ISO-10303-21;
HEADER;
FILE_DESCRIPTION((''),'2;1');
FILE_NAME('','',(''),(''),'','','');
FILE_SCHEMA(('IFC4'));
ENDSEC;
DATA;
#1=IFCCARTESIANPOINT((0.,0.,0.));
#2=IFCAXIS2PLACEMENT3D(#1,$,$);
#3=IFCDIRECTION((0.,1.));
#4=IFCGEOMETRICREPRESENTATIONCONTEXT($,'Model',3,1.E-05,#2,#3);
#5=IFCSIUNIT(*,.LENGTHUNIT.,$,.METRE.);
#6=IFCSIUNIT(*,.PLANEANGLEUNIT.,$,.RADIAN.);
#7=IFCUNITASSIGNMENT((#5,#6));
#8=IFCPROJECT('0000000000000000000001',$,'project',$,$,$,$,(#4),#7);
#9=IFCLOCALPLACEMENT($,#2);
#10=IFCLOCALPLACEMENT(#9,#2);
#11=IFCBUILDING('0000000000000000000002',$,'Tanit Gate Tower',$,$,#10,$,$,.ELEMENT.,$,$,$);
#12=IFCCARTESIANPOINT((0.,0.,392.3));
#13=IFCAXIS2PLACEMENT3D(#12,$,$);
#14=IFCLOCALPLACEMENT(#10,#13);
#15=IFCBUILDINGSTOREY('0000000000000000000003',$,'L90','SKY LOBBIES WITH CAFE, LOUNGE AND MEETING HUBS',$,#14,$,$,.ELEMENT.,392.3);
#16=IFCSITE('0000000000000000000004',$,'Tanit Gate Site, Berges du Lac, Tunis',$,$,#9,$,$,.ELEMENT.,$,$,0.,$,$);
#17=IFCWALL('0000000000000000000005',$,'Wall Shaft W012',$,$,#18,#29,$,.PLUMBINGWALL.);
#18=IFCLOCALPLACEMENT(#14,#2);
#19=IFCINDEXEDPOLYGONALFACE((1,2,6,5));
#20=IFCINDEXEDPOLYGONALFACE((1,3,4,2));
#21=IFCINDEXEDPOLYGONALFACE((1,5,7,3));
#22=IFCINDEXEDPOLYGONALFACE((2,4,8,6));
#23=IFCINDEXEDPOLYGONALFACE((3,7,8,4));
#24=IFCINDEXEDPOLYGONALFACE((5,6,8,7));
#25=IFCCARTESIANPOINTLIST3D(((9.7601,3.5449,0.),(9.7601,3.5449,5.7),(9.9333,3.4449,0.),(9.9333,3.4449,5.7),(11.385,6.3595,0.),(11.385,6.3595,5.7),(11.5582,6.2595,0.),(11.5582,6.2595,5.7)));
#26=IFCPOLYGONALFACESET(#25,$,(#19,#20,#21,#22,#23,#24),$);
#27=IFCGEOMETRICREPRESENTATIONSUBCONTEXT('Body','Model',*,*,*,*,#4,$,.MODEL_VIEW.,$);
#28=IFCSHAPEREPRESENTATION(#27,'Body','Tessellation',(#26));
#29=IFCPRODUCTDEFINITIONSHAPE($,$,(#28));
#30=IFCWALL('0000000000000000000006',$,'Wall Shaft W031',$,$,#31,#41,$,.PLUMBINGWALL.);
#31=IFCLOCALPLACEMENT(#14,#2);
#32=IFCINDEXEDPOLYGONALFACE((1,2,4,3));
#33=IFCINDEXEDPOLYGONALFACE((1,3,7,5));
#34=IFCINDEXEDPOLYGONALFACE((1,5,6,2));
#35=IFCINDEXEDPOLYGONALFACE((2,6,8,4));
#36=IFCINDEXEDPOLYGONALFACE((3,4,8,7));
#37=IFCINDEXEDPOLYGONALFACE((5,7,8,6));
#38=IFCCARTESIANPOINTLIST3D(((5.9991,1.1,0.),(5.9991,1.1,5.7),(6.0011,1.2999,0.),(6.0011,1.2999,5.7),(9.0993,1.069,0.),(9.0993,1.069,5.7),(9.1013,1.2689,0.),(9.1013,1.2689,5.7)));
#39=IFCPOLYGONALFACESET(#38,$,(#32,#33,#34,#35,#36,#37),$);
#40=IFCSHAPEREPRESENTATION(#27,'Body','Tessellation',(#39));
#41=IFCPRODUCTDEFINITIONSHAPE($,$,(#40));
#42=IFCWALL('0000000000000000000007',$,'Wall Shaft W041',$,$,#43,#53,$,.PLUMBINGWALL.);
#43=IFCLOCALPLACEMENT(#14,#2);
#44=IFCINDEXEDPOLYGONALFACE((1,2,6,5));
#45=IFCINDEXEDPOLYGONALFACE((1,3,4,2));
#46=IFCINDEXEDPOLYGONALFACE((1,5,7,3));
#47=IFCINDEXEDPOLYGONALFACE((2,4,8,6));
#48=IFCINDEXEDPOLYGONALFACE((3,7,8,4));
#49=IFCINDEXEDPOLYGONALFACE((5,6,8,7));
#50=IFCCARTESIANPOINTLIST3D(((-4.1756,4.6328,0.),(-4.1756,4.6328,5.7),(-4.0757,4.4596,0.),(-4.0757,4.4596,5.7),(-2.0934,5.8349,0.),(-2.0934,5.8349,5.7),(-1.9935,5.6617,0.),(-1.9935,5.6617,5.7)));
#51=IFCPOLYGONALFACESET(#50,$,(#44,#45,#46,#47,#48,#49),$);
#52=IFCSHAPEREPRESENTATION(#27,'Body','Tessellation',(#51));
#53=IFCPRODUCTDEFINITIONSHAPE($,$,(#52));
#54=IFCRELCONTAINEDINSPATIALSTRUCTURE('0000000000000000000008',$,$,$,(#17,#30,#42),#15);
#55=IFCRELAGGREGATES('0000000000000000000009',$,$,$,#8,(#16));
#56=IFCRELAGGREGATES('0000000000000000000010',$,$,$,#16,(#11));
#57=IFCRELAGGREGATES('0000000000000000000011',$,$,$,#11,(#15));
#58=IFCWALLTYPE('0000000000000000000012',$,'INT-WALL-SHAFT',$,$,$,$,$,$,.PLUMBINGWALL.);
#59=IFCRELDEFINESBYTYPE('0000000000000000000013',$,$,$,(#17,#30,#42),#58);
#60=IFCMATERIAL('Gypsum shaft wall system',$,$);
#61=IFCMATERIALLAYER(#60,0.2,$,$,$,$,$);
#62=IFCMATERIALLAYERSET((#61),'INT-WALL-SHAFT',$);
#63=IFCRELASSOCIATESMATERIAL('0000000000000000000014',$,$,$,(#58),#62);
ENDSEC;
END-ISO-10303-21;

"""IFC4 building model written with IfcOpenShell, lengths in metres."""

from ifc_helpers import new_model, si_unit, direction, frame, frame_2d, origin, place, context, subcontext, project, spatial, rectangle, extrude, material, layer, layer_set, type_object, element, save


model = new_model("IFC4")

# Units and contexts
model_context = context("Model", 3, precision=1e-05, world=origin(), true_north=direction((0.0, 1.0)))
body_context = subcontext(model_context, "Body", "Model", "MODEL_VIEW")
ifc_project = project(units=[si_unit("LENGTHUNIT", "METRE"), si_unit("PLANEANGLEUNIT", "RADIAN")], contexts=[model_context])

# Site, building, storey
site_placement = place(None, origin())
site = spatial("IfcSite", under=ifc_project, at=site_placement, Name="Tanit Gate Site, Berges du Lac, Tunis", CompositionType="ELEMENT", RefElevation=0.0)
building_placement = place(site_placement, origin())
building = spatial("IfcBuilding", under=site, at=building_placement, Name="Tanit Gate Tower", CompositionType="ELEMENT")
storey_placement = place(building_placement, frame((0.0, 0.0, 392.3)))
storey = spatial("IfcBuildingStorey", under=building, at=storey_placement, Name="L90", Description="SKY LOBBIES WITH CAFE, LOUNGE AND MEETING HUBS", CompositionType="ELEMENT", Elevation=392.3)

# Wall
ifc_material_1 = material(Name="Gypsum shaft wall system")
ifc_layer_1 = layer(ifc_material_1, 0.2)
ifc_layer_set_1 = layer_set([ifc_layer_1], Name="INT-WALL-SHAFT")
wall_type_1 = type_object("IfcWallType", Name="INT-WALL-SHAFT", PredefinedType="PLUMBINGWALL", material=ifc_layer_set_1)
wall_1_placement = place(storey_placement, frame((9.8467, 3.4949, 0.0), z_axis=(0.0, 0.0, 1.0), x_axis=(0.499985, 0.866034, 0.0)))
element("IfcWall", 1, at=wall_1_placement, inside=storey, type_object=wall_type_1, Name="Wall Shaft W012", PredefinedType="PLUMBINGWALL", context=body_context, shape_type="SweptSolid", body=[
    extrude(rectangle(XDim=3.25, YDim=0.2, at=frame_2d((1.625, 0.0))), origin(), (0.0, 0.0, 1.0), 5.7),
])

# Walls
wall_2_placement = place(storey_placement, frame((6.0, 1.2, 0.0), z_axis=(0.0, 0.0, 1.0), x_axis=(0.99995, -0.010001, 0.0)))
element("IfcWall", 2, at=wall_2_placement, inside=storey, type_object=wall_type_1, Name="Wall Shaft W031", PredefinedType="PLUMBINGWALL", context=body_context, shape_type="SweptSolid", body=[
    extrude(rectangle(XDim=3.1003, YDim=0.2, at=frame_2d((1.5503, 0.0))), origin(), (0.0, 0.0, 1.0), 5.7),
])
wall_3_placement = place(storey_placement, frame((-2.0435, 5.7483, 0.0), z_axis=(0.0, 0.0, 1.0), x_axis=(-0.866035, -0.499983, 0.0)))
element("IfcWall", 3, at=wall_3_placement, inside=storey, type_object=wall_type_1, Name="Wall Shaft W041", PredefinedType="PLUMBINGWALL", context=body_context, shape_type="SweptSolid", body=[
    extrude(rectangle(XDim=2.4043, YDim=0.2, at=frame_2d((1.2021, 0.0))), origin(), (0.0, 0.0, 1.0), 5.7),
])

save(model, "model.ifc")
